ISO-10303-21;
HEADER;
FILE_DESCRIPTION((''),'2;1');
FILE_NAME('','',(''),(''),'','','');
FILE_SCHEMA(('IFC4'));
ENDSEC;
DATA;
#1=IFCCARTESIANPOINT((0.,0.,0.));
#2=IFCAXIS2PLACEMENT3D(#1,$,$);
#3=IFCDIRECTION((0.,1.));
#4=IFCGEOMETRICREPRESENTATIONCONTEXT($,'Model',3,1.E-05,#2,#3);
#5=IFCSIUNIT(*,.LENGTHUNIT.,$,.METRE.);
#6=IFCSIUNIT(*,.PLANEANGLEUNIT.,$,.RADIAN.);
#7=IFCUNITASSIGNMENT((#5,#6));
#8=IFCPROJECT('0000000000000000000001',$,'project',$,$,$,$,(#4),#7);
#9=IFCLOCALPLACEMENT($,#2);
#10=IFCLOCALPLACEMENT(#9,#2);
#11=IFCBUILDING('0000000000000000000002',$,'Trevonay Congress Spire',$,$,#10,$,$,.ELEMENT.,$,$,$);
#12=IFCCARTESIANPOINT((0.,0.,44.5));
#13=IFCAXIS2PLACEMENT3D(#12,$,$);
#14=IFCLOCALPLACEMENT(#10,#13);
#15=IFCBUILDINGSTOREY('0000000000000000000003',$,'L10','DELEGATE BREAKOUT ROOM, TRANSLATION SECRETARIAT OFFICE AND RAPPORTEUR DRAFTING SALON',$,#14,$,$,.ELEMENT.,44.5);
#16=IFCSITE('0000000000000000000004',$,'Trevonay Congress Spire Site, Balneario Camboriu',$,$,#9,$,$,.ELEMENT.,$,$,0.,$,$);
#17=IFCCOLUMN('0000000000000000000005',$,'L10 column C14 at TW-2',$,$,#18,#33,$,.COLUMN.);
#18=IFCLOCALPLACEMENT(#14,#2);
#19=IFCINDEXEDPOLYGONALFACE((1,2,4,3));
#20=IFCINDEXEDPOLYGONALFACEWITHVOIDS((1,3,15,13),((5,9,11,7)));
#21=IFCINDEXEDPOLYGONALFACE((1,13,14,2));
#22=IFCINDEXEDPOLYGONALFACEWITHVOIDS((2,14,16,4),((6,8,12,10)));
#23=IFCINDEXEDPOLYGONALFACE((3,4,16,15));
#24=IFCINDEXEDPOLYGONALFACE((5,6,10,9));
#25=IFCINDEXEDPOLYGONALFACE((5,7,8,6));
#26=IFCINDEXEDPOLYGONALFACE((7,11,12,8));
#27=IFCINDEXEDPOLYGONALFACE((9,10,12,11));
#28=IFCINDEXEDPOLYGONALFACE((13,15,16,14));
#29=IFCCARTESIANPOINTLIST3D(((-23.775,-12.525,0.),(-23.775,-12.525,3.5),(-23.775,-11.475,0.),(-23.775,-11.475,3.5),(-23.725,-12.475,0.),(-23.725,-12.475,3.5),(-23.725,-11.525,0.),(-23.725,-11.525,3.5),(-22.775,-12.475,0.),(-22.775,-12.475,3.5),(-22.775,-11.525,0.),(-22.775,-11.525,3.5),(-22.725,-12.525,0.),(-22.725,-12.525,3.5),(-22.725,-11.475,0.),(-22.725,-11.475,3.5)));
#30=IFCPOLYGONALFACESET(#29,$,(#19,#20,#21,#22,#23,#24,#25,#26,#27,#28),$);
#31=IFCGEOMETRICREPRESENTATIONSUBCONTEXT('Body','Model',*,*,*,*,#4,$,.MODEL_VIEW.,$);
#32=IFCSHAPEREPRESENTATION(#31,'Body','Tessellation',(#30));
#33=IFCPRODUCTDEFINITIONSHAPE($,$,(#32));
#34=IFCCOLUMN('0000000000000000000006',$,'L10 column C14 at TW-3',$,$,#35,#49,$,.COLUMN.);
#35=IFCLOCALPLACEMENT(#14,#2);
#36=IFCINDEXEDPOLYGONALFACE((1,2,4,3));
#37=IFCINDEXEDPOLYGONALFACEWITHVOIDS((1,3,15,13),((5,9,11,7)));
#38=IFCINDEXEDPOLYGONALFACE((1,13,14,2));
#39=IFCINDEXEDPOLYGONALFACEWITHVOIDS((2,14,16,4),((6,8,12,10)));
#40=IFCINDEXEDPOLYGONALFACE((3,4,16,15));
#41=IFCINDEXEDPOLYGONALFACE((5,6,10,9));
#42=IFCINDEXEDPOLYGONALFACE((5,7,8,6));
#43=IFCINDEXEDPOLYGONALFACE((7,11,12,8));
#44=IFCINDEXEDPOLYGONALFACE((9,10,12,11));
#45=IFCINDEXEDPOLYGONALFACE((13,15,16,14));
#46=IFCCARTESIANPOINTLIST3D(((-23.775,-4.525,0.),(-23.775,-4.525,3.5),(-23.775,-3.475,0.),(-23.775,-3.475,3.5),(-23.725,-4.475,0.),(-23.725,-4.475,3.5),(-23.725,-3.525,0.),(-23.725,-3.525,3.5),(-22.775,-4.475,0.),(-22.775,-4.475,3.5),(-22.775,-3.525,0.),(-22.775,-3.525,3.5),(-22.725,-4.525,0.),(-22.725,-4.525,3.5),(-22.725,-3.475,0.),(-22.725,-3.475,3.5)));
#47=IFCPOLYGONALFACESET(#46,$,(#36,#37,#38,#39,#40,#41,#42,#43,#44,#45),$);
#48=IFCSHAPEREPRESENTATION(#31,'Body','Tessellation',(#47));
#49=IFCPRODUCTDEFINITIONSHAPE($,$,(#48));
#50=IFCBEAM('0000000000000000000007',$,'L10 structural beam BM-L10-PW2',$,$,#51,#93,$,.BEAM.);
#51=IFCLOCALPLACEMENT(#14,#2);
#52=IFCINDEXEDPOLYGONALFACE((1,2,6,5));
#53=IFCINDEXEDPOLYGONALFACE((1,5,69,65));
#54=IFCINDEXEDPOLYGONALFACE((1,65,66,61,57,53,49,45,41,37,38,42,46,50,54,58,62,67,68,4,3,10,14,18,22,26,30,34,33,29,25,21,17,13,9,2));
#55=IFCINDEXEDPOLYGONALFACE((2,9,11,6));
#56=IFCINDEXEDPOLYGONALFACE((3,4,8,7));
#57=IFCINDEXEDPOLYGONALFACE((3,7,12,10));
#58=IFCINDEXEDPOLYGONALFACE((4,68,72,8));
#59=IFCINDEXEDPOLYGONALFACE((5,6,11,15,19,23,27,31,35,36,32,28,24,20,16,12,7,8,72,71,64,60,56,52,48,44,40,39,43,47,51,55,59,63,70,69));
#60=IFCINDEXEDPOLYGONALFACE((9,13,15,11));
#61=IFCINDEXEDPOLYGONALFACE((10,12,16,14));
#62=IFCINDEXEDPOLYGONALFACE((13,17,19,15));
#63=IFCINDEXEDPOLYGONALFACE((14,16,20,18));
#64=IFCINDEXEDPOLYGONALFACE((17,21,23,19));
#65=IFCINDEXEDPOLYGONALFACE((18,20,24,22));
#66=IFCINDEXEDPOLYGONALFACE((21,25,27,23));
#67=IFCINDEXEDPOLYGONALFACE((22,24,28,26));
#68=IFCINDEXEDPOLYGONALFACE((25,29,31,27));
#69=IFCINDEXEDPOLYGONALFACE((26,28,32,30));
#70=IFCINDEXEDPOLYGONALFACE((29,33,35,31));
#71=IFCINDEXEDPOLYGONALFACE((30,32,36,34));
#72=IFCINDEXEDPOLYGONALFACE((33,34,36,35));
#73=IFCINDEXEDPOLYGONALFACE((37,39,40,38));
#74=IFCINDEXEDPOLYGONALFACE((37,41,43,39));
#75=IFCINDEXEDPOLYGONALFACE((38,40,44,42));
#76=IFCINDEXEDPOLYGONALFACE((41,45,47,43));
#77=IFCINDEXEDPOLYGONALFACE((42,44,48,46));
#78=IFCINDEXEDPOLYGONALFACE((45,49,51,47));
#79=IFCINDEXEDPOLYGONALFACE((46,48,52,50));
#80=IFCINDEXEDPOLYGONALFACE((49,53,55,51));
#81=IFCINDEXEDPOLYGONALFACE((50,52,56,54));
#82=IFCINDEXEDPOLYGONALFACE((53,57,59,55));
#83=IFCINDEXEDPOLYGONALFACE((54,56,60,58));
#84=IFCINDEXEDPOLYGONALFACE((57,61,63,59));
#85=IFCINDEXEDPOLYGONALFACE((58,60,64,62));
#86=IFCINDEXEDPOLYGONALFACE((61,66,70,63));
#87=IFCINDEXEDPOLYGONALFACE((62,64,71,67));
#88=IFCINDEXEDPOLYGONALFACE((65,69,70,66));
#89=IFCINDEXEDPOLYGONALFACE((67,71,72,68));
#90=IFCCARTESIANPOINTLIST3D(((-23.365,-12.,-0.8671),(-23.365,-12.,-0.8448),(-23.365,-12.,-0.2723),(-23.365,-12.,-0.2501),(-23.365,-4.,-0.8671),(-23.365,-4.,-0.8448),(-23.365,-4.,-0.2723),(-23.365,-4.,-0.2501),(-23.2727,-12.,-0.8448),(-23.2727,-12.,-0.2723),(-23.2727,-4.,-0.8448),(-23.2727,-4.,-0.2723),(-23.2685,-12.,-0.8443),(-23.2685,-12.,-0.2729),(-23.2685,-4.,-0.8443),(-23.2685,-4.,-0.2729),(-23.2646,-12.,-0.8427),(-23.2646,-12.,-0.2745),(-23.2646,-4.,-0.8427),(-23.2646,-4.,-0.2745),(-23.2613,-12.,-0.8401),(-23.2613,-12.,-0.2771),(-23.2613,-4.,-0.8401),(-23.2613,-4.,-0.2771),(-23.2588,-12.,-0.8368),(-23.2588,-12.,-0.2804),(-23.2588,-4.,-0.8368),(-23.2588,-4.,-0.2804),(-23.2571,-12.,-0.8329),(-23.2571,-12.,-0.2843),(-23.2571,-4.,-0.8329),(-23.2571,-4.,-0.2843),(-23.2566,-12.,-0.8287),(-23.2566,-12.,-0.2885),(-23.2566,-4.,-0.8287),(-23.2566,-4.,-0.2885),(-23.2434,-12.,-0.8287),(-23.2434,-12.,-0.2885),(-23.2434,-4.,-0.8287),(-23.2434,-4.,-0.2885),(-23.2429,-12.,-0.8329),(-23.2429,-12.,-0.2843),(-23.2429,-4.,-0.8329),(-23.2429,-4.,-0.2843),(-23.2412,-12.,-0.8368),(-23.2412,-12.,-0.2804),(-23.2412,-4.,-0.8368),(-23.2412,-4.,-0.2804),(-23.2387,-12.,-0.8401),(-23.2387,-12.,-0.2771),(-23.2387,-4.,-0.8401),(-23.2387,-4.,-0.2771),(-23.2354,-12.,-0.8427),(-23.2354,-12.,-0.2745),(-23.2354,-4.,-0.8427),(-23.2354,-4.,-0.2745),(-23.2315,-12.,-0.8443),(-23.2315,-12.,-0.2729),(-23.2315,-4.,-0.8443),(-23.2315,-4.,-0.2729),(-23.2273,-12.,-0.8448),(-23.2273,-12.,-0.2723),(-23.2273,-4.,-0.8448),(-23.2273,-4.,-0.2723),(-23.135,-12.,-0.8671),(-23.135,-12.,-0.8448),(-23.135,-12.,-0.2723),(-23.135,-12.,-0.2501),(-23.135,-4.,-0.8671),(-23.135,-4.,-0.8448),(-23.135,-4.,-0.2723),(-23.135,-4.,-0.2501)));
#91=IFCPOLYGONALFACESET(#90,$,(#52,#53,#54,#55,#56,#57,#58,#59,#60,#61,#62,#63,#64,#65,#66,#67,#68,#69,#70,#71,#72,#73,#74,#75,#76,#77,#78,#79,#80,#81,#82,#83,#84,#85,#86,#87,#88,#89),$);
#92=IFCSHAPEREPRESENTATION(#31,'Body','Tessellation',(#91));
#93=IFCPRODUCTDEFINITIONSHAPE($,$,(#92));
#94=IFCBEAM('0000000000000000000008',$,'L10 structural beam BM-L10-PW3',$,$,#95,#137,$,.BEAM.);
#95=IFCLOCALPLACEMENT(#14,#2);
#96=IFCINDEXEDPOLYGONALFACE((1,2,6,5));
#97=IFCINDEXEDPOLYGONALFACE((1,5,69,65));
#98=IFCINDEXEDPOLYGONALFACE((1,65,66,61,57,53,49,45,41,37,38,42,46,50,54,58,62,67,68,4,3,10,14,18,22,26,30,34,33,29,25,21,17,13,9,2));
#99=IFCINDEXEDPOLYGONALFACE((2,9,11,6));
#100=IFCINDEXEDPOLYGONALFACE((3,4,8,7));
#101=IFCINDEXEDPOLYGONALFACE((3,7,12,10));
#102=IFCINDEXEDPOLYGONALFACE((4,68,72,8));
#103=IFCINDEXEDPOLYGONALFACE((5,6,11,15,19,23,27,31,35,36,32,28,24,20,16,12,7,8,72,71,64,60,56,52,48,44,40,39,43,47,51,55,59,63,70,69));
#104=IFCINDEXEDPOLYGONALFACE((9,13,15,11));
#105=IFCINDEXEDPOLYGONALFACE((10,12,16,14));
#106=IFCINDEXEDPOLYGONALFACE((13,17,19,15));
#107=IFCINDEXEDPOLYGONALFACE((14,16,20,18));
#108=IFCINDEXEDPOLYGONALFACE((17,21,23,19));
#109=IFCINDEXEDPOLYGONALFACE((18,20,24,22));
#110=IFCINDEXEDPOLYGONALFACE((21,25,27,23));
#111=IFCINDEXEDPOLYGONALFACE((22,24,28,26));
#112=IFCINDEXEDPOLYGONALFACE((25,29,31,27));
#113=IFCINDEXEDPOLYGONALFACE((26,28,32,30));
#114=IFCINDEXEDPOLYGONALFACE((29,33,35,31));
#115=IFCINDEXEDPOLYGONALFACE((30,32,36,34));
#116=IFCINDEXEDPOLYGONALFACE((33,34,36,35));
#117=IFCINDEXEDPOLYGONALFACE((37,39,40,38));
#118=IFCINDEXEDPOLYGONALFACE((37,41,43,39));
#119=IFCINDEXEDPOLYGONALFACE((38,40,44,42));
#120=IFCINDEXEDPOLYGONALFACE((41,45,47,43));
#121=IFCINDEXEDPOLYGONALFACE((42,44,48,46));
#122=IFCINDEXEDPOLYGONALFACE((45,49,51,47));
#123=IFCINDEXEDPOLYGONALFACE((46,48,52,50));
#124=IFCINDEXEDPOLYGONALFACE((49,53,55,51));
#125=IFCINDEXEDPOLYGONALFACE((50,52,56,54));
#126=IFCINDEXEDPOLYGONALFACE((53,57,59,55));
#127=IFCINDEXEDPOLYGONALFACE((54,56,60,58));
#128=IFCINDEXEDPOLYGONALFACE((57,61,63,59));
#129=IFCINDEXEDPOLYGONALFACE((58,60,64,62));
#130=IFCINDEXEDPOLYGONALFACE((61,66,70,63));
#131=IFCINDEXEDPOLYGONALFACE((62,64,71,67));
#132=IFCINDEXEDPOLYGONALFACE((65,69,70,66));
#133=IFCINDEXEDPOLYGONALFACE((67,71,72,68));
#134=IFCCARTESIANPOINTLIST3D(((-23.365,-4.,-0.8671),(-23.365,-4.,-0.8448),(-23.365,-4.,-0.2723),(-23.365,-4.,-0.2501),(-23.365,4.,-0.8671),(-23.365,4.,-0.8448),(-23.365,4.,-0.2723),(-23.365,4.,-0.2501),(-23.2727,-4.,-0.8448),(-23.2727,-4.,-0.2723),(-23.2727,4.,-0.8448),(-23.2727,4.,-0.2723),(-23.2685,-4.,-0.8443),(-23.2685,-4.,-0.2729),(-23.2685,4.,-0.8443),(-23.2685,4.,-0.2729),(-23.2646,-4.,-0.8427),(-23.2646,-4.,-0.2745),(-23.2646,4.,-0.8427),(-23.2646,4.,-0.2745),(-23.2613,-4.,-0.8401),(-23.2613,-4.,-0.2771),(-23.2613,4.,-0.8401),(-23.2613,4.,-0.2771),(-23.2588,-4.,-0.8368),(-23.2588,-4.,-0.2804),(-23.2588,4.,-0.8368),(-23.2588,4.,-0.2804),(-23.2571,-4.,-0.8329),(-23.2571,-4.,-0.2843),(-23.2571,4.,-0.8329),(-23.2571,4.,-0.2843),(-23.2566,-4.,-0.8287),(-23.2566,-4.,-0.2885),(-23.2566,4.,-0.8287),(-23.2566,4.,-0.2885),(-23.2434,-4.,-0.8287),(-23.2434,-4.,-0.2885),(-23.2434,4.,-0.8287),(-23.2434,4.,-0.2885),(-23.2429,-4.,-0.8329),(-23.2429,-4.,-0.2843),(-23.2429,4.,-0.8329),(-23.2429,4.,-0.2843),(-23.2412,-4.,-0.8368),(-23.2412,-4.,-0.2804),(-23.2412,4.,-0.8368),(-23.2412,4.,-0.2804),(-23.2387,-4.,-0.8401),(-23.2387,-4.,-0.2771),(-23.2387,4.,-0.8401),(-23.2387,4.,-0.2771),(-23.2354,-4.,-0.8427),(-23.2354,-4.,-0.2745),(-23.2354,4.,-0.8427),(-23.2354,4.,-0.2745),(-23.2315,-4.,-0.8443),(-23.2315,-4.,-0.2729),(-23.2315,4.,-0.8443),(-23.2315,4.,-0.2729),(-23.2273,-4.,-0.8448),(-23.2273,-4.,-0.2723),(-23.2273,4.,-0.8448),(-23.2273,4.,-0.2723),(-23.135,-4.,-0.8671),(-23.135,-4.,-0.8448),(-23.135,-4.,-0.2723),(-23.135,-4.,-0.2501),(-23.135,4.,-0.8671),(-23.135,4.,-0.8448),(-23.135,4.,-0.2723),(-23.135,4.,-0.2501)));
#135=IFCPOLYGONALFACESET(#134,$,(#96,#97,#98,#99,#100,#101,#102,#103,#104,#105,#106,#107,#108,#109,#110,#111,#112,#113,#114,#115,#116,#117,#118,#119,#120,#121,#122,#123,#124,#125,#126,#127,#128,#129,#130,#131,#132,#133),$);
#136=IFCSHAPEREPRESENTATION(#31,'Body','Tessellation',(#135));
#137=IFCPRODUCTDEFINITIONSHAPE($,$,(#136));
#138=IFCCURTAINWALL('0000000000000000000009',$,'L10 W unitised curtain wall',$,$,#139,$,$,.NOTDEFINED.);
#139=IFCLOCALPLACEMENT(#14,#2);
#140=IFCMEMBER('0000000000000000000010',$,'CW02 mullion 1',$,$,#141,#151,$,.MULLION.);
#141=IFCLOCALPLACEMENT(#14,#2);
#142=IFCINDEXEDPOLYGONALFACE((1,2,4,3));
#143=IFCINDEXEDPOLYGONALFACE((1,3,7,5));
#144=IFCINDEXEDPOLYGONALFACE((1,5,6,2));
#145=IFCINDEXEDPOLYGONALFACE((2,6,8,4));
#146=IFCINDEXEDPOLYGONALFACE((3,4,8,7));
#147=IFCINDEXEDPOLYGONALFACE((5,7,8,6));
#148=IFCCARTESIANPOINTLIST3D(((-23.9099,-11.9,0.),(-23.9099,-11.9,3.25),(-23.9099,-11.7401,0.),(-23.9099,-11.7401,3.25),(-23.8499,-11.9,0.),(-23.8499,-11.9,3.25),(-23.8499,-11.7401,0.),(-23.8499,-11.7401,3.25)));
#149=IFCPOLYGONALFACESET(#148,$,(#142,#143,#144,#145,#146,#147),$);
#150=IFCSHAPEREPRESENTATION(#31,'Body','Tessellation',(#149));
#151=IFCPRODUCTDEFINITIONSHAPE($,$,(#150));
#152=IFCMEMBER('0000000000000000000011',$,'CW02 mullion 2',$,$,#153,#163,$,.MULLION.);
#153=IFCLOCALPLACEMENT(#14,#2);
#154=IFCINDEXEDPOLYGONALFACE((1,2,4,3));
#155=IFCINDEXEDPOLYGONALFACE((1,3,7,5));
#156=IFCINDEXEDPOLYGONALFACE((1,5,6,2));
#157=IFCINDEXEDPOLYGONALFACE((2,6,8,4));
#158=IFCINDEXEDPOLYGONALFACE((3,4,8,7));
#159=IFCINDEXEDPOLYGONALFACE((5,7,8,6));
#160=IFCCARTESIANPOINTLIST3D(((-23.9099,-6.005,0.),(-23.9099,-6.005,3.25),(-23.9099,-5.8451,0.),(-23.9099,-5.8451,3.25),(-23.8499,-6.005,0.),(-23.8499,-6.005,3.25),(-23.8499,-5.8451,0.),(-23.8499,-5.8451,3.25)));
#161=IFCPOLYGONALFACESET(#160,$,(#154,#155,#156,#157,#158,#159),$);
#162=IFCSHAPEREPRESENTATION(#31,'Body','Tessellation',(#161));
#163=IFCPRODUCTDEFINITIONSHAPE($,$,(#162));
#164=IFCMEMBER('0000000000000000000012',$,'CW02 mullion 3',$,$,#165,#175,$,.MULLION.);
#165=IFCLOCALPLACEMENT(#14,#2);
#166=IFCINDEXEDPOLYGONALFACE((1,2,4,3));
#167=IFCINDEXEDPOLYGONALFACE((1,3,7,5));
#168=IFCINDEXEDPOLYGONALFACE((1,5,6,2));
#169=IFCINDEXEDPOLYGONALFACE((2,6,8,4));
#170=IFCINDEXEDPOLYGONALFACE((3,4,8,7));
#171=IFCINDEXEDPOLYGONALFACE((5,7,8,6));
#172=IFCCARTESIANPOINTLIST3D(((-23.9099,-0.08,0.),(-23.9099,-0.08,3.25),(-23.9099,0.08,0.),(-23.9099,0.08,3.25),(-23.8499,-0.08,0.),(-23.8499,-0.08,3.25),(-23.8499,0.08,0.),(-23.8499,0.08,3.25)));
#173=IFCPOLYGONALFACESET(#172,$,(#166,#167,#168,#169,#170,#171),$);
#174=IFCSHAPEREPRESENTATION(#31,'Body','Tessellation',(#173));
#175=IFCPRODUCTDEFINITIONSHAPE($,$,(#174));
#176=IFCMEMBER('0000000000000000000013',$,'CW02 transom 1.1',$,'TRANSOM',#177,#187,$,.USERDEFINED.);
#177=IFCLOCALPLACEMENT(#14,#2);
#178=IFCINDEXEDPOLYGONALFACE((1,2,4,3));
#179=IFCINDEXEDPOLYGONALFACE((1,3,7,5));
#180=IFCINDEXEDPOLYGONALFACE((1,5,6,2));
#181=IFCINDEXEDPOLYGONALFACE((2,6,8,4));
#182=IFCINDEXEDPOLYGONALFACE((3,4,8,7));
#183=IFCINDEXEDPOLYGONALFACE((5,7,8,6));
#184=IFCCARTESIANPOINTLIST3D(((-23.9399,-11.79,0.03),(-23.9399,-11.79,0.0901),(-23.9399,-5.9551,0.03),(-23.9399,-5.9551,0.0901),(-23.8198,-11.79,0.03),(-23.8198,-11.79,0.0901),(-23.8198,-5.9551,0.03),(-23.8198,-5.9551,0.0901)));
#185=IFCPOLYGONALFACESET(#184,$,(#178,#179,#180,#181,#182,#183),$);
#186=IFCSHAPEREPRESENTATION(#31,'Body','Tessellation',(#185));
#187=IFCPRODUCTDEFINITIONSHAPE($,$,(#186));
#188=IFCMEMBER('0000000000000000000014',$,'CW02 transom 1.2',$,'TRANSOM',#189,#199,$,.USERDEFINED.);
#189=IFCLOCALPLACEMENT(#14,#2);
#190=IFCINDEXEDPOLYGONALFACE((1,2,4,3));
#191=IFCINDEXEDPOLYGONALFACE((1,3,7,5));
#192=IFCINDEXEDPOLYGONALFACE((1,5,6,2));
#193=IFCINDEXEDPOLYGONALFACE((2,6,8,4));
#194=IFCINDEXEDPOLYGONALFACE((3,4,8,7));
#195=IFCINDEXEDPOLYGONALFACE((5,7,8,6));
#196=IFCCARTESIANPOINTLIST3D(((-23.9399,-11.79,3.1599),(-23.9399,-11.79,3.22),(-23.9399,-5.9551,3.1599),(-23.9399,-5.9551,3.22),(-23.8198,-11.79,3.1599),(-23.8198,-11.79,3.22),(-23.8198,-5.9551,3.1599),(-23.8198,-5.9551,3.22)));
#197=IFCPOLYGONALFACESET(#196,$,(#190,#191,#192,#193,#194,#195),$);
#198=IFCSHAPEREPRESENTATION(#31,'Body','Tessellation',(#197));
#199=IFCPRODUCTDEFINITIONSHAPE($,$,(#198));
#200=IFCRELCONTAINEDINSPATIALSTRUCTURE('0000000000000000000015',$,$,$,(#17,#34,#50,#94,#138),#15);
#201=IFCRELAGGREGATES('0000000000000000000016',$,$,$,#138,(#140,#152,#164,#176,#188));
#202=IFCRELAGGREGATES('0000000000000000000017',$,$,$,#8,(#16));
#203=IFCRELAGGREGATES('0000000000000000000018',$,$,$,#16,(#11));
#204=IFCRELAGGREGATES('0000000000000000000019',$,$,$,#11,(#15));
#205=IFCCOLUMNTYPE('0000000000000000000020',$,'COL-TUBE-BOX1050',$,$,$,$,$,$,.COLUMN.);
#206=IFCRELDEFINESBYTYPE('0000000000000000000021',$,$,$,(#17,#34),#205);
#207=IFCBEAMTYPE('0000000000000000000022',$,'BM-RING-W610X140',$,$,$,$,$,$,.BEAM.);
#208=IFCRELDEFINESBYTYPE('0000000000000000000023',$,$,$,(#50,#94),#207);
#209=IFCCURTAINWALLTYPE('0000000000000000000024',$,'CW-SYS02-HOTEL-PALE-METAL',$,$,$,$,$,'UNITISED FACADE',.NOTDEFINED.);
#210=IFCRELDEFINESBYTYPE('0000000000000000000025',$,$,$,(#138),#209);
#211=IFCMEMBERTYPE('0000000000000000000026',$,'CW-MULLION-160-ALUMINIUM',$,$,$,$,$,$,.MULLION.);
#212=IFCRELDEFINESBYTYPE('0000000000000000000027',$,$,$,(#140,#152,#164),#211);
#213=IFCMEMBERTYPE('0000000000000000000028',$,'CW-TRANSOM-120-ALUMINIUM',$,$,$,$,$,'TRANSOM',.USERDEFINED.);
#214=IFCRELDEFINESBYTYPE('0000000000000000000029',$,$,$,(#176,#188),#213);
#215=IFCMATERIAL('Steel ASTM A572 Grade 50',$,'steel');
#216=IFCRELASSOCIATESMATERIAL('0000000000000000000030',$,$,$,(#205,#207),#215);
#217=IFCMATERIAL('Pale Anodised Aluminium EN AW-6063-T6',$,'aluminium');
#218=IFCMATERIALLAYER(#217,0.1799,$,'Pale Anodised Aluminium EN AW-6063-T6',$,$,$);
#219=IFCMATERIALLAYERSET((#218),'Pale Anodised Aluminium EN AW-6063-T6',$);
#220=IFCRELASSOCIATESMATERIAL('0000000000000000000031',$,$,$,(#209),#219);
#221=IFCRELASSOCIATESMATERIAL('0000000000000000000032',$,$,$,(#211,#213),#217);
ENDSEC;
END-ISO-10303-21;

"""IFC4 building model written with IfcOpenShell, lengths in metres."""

from ifc_helpers import new_model, si_unit, direction, frame, origin, origin_2d, place, context, subcontext, project, spatial, rectangle, hollow_rectangle, i_section, extrude, material, layer, layer_set, material_profile, profile_set, type_object, element, aggregate, save


model = new_model("IFC4")

# Units and contexts
model_context = context("Model", 3, precision=1e-05, world=origin(), true_north=direction((0.0, 1.0)))
body_context = subcontext(model_context, "Body", "Model", "MODEL_VIEW")
ifc_project = project(units=[si_unit("LENGTHUNIT", "METRE"), si_unit("PLANEANGLEUNIT", "RADIAN")], contexts=[model_context])

# Site, building, storey
site_placement = place(None, origin())
site = spatial("IfcSite", under=ifc_project, at=site_placement, Name="Trevonay Congress Spire Site, Balneario Camboriu", CompositionType="ELEMENT", RefElevation=0.0)
building_placement = place(site_placement, origin())
building = spatial("IfcBuilding", under=site, at=building_placement, Name="Trevonay Congress Spire", CompositionType="ELEMENT")
storey_placement = place(building_placement, frame((0.0, 0.0, 44.5)))
storey = spatial("IfcBuildingStorey", under=building, at=storey_placement, Name="L10", Description="DELEGATE BREAKOUT ROOM, TRANSLATION SECRETARIAT OFFICE AND RAPPORTEUR DRAFTING SALON", CompositionType="ELEMENT", Elevation=44.5)

# Columns
ifc_material_1 = material(Name="Steel ASTM A572 Grade 50", Category="steel")
ifc_material_profile_1 = material_profile(ifc_material_1, hollow_rectangle(XDim=1.05, YDim=1.05, WallThickness=0.05, at=origin_2d()), Name="BOX 1050x1050x50")
ifc_profile_set_1 = profile_set([ifc_material_profile_1], Name="Steel ASTM A572 Grade 50")
column_type = type_object("IfcColumnType", Name="COL-TUBE-BOX1050", PredefinedType="COLUMN", material=ifc_profile_set_1)
for number, where, z_axis, x_axis, name in (
    (1, (-23.25, -12.0, 0.0), (0.0, 0.0, 1.0), (1.0, 0.0, 0.0), "L10 column C14 at TW-2"),
    (2, (-23.25, -4.0, 0.0), (0.0, 0.0, 1.0), (1.0, 0.0, 0.0), "L10 column C14 at TW-3"),
):
    element("IfcColumn", number, at=place(storey_placement, frame(where, z_axis=z_axis, x_axis=x_axis)), inside=storey, type_object=column_type, Name=name, PredefinedType="COLUMN", context=body_context, shape_type="SweptSolid", body=[
        extrude(hollow_rectangle(XDim=1.05, YDim=1.05, WallThickness=0.05, at=origin_2d()), origin(), (0.0, 0.0, 1.0), 3.5),
    ])

# Beams
ifc_material_profile_2 = material_profile(ifc_material_1, i_section(OverallWidth=0.23, OverallDepth=0.6169, WebThickness=0.0132, FlangeThickness=0.0222, FilletRadius=0.0161, at=origin_2d()), Name="W610x140")
ifc_profile_set_2 = profile_set([ifc_material_profile_2], Name="Steel ASTM A572 Grade 50")
beam_type_1 = type_object("IfcBeamType", Name="BM-RING-W610X140", PredefinedType="BEAM", material=ifc_profile_set_2)
for number, where, z_axis, x_axis, name in (
    (3, (-23.25, -12.0, -0.5586), (0.0, 1.0, 0.0), (-1.0, 0.0, 0.0), "L10 structural beam BM-L10-PW2"),
    (4, (-23.25, -4.0, -0.5586), (0.0, 1.0, 0.0), (-1.0, 0.0, 0.0), "L10 structural beam BM-L10-PW3"),
):
    element("IfcBeam", number, at=place(storey_placement, frame(where, z_axis=z_axis, x_axis=x_axis)), inside=storey, type_object=beam_type_1, Name=name, PredefinedType="BEAM", context=body_context, shape_type="SweptSolid", body=[
        extrude(i_section(OverallWidth=0.23, OverallDepth=0.6169, WebThickness=0.0132, FlangeThickness=0.0222, FilletRadius=0.0161, at=origin_2d()), origin(), (0.0, 0.0, 1.0), 8.0),
    ])

# Curtain wall, members
ifc_material_2 = material(Name="Pale Anodised Aluminium EN AW-6063-T6", Category="aluminium")
ifc_layer_1 = layer(ifc_material_2, 0.1799, Name="Pale Anodised Aluminium EN AW-6063-T6")
ifc_layer_set_1 = layer_set([ifc_layer_1], Name="Pale Anodised Aluminium EN AW-6063-T6")
curtain_wall_type = type_object("IfcCurtainWallType", Name="CW-SYS02-HOTEL-PALE-METAL", ElementType="UNITISED FACADE", PredefinedType="NOTDEFINED", material=ifc_layer_set_1)
curtain_wall_placement = place(storey_placement, origin())
curtain_wall = element("IfcCurtainWall", 5, at=curtain_wall_placement, inside=storey, type_object=curtain_wall_type, Name="L10 W unitised curtain wall", PredefinedType="NOTDEFINED")
ifc_material_profile_3 = material_profile(ifc_material_2, rectangle(XDim=0.0601, YDim=0.1599, at=origin_2d()), Name="CW-MULLION-160-ALUMINIUM")
ifc_profile_set_3 = profile_set([ifc_material_profile_3], Name="Pale Anodised Aluminium EN AW-6063-T6")
member_type_1 = type_object("IfcMemberType", Name="CW-MULLION-160-ALUMINIUM", PredefinedType="MULLION", material=ifc_profile_set_3)
member_1_placement = place(storey_placement, frame((-23.8799, -11.8201, 0.0), z_axis=(0.0, 0.0, 1.0), x_axis=(-1.0, 0.0, 0.0)))
member_1 = element("IfcMember", 6, at=member_1_placement, type_object=member_type_1, Name="CW02 mullion 1", PredefinedType="MULLION", context=body_context, shape_type="SweptSolid", body=[
    extrude(rectangle(XDim=0.0601, YDim=0.1599, at=origin_2d()), origin(), (0.0, 0.0, 1.0), 3.25),
])
member_2_placement = place(storey_placement, frame((-23.8799, -5.925, 0.0), z_axis=(0.0, 0.0, 1.0), x_axis=(-1.0, 0.0, 0.0)))
member_2 = element("IfcMember", 7, at=member_2_placement, type_object=member_type_1, Name="CW02 mullion 2", PredefinedType="MULLION", context=body_context, shape_type="SweptSolid", body=[
    extrude(rectangle(XDim=0.0601, YDim=0.1599, at=origin_2d()), origin(), (0.0, 0.0, 1.0), 3.25),
])
member_3_placement = place(storey_placement, frame((-23.8799, 0.0, 0.0), z_axis=(0.0, 0.0, 1.0), x_axis=(-1.0, 0.0, 0.0)))
member_3 = element("IfcMember", 8, at=member_3_placement, type_object=member_type_1, Name="CW02 mullion 3", PredefinedType="MULLION", context=body_context, shape_type="SweptSolid", body=[
    extrude(rectangle(XDim=0.0601, YDim=0.1599, at=origin_2d()), origin(), (0.0, 0.0, 1.0), 3.25),
])
ifc_material_profile_4 = material_profile(ifc_material_2, rectangle(XDim=0.1201, YDim=0.0601, at=origin_2d()), Name="CW-TRANSOM-120-ALUMINIUM")
ifc_profile_set_4 = profile_set([ifc_material_profile_4], Name="Pale Anodised Aluminium EN AW-6063-T6")
member_type_2 = type_object("IfcMemberType", Name="CW-TRANSOM-120-ALUMINIUM", ElementType="TRANSOM", PredefinedType="USERDEFINED", material=ifc_profile_set_4)
member_4_placement = place(storey_placement, frame((-23.8799, -11.79, 0.0601), z_axis=(0.0, 1.0, 0.0), x_axis=(-1.0, 0.0, 0.0)))
member_4 = element("IfcMember", 9, at=member_4_placement, type_object=member_type_2, Name="CW02 transom 1.1", ObjectType="TRANSOM", PredefinedType="USERDEFINED", context=body_context, shape_type="SweptSolid", body=[
    extrude(rectangle(XDim=0.1201, YDim=0.0601, at=origin_2d()), origin(), (0.0, 0.0, 1.0), 5.835),
])
member_5_placement = place(storey_placement, frame((-23.8799, -11.79, 3.1899), z_axis=(0.0, 1.0, 0.0), x_axis=(-1.0, 0.0, 0.0)))
member_5 = element("IfcMember", 10, at=member_5_placement, type_object=member_type_2, Name="CW02 transom 1.2", ObjectType="TRANSOM", PredefinedType="USERDEFINED", context=body_context, shape_type="SweptSolid", body=[
    extrude(rectangle(XDim=0.1201, YDim=0.0601, at=origin_2d()), origin(), (0.0, 0.0, 1.0), 5.835),
])

aggregate(curtain_wall, [member_1, member_2, member_3, member_4, member_5])

save(model, "model.ifc")
